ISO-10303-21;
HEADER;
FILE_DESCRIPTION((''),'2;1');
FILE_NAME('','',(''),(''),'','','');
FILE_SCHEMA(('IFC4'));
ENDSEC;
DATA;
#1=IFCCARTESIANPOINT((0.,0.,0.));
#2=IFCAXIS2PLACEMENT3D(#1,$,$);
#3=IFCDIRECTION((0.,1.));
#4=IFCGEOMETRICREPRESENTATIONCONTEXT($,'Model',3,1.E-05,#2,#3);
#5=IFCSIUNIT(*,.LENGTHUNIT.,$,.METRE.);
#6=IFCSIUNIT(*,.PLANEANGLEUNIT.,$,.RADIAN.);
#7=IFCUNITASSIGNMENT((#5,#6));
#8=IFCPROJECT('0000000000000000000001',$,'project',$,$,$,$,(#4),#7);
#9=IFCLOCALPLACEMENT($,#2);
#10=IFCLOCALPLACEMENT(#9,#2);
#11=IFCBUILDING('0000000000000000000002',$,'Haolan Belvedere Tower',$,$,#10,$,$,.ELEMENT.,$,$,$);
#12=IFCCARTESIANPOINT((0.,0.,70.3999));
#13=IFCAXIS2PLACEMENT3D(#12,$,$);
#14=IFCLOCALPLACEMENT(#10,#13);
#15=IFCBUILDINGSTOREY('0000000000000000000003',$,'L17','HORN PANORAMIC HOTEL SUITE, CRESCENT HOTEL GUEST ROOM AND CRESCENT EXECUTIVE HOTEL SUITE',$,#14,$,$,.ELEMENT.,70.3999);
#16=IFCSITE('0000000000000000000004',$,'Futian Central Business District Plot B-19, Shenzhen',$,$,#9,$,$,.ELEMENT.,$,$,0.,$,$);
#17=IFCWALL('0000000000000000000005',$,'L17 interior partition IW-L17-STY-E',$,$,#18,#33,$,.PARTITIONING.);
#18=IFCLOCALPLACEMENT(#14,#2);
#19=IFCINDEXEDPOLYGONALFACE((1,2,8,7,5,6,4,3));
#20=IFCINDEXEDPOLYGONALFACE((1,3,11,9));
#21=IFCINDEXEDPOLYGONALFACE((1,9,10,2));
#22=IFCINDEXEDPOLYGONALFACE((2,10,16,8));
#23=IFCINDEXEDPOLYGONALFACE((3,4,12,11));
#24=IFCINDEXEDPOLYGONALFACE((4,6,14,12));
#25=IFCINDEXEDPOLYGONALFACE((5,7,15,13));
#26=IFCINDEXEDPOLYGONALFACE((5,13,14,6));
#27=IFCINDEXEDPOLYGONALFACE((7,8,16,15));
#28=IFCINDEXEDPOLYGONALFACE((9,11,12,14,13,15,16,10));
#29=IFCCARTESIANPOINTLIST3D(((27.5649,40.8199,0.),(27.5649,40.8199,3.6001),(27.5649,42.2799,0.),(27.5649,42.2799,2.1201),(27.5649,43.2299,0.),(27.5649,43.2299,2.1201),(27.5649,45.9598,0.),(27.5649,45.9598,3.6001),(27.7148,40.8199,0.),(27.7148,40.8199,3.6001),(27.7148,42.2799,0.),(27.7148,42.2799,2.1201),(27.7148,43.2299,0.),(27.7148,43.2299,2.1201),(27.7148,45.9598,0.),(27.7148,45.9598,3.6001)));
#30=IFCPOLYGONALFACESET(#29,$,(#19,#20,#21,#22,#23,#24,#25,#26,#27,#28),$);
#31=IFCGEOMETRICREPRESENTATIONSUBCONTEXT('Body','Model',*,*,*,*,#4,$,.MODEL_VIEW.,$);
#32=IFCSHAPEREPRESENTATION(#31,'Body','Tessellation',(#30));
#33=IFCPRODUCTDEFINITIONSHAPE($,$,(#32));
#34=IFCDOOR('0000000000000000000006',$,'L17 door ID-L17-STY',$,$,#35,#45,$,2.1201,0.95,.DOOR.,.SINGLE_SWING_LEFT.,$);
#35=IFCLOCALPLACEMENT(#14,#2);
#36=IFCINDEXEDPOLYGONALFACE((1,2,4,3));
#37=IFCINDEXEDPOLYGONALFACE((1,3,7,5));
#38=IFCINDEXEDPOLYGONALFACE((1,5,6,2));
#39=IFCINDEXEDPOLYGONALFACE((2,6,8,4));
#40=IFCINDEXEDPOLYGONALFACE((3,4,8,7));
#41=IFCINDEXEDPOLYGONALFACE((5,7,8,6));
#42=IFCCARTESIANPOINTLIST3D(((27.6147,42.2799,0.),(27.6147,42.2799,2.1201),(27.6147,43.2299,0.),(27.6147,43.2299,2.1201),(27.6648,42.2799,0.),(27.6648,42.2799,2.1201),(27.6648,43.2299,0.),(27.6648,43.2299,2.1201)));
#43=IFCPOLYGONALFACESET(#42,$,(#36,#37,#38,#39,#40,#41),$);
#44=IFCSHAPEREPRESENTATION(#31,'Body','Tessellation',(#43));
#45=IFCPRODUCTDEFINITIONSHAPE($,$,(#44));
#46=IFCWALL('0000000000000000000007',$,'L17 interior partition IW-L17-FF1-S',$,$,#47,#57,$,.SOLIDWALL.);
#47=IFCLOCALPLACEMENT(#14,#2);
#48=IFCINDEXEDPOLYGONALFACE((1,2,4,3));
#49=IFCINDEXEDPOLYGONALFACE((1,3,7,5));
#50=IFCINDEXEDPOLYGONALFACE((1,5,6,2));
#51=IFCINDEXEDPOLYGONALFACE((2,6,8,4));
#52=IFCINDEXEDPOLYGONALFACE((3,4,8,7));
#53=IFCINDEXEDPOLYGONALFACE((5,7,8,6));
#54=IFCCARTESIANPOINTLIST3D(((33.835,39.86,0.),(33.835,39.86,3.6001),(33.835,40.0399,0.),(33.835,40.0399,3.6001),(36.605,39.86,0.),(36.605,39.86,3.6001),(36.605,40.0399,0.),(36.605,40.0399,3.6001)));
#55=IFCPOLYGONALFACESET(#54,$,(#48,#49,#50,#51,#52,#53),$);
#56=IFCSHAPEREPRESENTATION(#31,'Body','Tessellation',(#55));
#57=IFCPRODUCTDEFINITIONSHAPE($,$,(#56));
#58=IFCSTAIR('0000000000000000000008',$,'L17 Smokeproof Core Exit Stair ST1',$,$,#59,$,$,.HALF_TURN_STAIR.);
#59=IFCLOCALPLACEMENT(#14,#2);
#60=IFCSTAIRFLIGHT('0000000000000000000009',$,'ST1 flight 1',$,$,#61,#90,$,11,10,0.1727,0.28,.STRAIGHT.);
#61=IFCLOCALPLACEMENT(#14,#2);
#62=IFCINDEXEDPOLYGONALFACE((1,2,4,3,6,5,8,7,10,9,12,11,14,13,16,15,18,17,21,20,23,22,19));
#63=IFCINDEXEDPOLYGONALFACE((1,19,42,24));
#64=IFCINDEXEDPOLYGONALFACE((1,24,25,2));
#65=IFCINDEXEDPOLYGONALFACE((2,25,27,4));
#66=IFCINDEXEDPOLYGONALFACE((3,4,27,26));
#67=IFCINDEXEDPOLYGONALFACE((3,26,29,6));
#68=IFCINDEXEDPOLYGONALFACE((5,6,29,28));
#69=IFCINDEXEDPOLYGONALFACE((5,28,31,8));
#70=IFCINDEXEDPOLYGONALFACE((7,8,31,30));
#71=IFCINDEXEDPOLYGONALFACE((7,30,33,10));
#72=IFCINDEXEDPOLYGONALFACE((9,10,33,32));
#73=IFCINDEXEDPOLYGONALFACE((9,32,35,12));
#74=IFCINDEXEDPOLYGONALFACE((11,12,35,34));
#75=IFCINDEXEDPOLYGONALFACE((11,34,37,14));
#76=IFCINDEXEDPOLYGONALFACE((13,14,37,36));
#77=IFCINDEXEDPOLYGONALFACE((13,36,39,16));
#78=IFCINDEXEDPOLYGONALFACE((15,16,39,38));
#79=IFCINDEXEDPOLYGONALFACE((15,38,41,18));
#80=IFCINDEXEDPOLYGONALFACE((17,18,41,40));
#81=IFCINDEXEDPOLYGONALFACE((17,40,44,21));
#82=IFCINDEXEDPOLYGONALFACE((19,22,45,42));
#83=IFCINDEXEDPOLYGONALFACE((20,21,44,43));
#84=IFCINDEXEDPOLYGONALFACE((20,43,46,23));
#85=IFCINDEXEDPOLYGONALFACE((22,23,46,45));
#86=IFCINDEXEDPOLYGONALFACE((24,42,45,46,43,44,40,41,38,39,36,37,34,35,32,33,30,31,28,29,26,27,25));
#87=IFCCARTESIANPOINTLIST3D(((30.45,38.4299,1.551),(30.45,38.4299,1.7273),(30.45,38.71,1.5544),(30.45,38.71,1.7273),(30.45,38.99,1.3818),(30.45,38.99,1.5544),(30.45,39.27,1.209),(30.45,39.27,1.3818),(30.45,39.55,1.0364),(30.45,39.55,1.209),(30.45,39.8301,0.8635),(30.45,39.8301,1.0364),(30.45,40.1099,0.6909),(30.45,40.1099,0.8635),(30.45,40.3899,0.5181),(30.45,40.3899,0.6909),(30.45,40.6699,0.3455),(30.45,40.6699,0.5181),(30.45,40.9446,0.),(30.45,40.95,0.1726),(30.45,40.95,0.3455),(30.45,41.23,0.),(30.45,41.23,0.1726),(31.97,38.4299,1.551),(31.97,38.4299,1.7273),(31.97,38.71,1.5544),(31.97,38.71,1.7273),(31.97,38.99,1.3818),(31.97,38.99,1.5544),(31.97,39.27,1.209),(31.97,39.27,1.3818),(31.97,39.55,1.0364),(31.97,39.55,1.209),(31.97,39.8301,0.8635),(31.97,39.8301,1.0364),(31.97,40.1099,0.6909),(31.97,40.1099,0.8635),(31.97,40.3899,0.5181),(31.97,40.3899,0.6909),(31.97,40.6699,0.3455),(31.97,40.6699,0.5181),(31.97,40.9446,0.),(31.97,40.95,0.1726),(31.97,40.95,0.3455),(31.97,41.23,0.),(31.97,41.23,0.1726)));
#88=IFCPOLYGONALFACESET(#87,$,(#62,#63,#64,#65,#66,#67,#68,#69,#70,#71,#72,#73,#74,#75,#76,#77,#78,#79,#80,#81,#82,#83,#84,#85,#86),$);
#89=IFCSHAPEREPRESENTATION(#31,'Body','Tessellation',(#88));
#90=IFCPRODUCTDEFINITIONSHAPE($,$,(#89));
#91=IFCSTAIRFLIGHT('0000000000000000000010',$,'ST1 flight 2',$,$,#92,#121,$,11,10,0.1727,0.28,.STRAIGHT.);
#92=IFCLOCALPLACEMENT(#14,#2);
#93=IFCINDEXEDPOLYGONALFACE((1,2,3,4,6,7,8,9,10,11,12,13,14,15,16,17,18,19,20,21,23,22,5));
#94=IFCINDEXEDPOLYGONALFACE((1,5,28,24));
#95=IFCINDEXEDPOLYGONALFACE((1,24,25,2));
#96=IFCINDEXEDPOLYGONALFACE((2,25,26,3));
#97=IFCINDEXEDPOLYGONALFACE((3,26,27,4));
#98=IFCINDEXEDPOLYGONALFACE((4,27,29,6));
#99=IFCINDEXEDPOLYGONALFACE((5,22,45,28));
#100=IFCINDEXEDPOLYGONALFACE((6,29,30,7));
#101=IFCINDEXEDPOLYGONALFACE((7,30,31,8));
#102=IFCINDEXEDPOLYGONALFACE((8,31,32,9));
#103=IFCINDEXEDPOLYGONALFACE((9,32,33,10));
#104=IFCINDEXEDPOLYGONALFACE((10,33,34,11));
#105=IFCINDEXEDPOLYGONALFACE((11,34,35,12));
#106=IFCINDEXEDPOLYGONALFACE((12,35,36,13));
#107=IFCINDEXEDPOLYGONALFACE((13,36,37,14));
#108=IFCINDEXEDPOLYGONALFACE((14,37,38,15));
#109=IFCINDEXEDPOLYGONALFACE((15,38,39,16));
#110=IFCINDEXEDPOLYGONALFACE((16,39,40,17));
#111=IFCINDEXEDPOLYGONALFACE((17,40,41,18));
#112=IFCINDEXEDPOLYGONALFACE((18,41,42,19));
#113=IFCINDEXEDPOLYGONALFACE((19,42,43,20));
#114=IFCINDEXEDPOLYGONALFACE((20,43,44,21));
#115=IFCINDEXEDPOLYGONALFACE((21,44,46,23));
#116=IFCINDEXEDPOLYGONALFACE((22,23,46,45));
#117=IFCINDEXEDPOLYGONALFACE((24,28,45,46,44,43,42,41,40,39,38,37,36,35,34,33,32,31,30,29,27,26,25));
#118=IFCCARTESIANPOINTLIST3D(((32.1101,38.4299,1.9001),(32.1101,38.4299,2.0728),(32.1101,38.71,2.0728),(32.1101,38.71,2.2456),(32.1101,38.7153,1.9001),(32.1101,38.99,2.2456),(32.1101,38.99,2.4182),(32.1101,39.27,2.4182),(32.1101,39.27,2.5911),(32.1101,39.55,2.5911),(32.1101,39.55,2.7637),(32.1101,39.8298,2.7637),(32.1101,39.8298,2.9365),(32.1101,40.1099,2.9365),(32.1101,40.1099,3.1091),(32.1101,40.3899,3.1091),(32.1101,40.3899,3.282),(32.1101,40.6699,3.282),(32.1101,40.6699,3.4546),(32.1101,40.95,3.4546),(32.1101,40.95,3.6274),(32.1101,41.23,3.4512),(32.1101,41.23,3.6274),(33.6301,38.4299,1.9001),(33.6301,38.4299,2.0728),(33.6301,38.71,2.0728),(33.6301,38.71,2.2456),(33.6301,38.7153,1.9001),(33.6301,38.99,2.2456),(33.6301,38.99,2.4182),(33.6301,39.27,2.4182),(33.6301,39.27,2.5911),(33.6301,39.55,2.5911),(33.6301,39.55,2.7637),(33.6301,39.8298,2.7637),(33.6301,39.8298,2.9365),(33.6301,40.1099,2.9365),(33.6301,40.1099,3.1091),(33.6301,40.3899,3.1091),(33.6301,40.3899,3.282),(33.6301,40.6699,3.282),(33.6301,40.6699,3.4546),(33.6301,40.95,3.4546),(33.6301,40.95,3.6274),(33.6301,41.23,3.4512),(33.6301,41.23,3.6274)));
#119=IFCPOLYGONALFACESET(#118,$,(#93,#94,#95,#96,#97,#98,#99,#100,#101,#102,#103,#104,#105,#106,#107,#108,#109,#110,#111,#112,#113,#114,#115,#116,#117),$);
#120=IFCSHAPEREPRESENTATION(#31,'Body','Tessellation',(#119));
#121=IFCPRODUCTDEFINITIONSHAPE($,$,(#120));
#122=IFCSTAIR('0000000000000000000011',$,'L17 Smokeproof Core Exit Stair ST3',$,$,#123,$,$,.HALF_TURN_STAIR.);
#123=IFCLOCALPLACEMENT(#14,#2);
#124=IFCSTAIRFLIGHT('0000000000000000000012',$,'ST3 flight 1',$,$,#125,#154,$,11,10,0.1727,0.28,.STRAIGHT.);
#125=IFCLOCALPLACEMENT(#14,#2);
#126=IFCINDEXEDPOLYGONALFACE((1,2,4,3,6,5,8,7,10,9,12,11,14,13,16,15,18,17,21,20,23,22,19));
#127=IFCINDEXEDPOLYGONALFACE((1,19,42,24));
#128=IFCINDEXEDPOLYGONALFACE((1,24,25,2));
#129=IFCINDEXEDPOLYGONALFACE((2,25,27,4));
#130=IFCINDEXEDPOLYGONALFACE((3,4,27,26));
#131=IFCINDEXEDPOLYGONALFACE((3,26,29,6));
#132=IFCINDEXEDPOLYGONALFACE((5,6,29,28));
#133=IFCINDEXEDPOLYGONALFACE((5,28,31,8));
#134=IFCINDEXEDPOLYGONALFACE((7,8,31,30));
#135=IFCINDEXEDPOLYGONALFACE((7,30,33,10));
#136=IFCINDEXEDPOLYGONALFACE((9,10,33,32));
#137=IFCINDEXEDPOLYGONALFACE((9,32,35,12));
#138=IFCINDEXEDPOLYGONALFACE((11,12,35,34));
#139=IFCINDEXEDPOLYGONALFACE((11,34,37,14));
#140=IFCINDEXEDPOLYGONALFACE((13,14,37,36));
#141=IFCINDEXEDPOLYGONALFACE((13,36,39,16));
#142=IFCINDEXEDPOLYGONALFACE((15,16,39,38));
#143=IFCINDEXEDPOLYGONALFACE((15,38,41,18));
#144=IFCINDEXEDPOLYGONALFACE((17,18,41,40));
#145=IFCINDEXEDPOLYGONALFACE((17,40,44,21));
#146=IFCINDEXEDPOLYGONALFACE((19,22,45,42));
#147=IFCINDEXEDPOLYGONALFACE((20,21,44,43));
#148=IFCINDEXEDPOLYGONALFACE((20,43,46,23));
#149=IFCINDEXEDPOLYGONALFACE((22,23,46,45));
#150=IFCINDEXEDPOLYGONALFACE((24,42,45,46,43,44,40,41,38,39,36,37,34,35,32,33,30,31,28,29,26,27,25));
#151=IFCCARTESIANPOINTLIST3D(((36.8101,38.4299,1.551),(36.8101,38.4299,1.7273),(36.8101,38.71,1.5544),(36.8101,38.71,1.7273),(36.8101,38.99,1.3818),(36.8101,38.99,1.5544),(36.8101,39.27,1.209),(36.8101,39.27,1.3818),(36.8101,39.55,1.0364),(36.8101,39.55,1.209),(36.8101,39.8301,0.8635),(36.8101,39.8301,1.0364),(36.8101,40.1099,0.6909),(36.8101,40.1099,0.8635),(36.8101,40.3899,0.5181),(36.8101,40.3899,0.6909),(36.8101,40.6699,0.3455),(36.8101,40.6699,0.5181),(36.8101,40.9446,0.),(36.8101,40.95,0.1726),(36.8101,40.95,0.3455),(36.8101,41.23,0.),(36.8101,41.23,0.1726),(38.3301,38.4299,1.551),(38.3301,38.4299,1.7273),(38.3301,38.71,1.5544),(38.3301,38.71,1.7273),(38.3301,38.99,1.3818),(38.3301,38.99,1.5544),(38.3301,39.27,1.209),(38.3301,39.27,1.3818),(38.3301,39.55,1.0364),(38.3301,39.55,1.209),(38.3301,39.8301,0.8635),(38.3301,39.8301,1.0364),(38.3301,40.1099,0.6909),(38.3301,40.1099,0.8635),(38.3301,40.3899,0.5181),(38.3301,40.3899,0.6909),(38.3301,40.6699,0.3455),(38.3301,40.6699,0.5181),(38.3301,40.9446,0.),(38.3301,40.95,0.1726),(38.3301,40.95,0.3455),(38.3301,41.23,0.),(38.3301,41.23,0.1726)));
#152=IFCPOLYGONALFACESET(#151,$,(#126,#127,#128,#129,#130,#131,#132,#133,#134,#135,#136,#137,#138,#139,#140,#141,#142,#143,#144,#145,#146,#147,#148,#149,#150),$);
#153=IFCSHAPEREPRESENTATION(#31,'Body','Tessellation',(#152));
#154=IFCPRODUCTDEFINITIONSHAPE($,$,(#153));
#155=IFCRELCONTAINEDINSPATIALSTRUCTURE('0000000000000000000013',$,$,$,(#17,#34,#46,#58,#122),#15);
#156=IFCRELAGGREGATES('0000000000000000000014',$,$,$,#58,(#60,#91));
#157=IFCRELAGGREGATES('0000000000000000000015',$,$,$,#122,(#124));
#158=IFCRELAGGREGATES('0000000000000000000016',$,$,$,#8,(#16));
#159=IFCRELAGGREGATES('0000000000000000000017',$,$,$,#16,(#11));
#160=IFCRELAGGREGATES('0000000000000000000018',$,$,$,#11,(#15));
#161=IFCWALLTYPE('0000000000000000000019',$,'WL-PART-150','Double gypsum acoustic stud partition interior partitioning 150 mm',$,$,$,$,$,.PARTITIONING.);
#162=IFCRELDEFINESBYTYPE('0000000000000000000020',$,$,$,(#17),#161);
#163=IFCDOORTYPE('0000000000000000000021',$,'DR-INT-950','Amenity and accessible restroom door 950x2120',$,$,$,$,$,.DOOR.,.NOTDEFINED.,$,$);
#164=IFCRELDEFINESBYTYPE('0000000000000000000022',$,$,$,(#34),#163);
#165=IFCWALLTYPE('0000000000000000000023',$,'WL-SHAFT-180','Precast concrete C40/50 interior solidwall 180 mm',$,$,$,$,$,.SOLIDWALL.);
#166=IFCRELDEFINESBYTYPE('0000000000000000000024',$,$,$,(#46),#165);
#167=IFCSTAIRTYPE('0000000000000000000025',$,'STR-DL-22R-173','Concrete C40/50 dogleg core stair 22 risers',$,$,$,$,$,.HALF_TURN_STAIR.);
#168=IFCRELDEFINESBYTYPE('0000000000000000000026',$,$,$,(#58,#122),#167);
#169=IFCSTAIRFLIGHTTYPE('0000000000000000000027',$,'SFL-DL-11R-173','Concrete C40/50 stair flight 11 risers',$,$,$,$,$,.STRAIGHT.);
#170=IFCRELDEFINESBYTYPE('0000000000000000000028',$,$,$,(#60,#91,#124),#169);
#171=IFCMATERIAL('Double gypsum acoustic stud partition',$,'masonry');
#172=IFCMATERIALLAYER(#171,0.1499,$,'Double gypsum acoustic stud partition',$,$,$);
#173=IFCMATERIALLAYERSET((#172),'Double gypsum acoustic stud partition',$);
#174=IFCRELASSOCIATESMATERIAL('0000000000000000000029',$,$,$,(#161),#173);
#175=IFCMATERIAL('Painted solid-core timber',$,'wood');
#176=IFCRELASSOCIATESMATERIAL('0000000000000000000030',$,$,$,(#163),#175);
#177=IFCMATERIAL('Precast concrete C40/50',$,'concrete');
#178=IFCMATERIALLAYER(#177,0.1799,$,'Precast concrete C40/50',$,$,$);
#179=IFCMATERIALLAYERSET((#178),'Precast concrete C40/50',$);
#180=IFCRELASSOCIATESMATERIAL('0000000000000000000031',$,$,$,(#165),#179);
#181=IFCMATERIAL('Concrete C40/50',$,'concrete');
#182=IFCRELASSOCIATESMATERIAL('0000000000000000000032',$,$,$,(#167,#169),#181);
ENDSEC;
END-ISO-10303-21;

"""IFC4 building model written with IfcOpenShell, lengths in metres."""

from ifc_helpers import new_model, si_unit, direction, frame, frame_2d, origin, place, context, subcontext, project, spatial, polyline, rectangle, outline, extrude, material, layer, layer_set, type_object, element, fill, aggregate, save


model = new_model("IFC4")

# Units and contexts
model_context = context("Model", 3, precision=1e-05, world=origin(), true_north=direction((0.0, 1.0)))
body_context = subcontext(model_context, "Body", "Model", "MODEL_VIEW")
ifc_project = project(units=[si_unit("LENGTHUNIT", "METRE"), si_unit("PLANEANGLEUNIT", "RADIAN")], contexts=[model_context])

# Site, building, storey
site_placement = place(None, origin())
site = spatial("IfcSite", under=ifc_project, at=site_placement, Name="Futian Central Business District Plot B-19, Shenzhen", CompositionType="ELEMENT", RefElevation=0.0)
building_placement = place(site_placement, origin())
building = spatial("IfcBuilding", under=site, at=building_placement, Name="Haolan Belvedere Tower", CompositionType="ELEMENT")
storey_placement = place(building_placement, frame((0.0, 0.0, 70.3999)))
storey = spatial("IfcBuildingStorey", under=building, at=storey_placement, Name="L17", Description="HORN PANORAMIC HOTEL SUITE, CRESCENT HOTEL GUEST ROOM AND CRESCENT EXECUTIVE HOTEL SUITE", CompositionType="ELEMENT", Elevation=70.3999)

# Wall, opening, door
ifc_material_1 = material(Name="Double gypsum acoustic stud partition", Category="masonry")
ifc_layer_1 = layer(ifc_material_1, 0.1499, Name="Double gypsum acoustic stud partition")
ifc_layer_set_1 = layer_set([ifc_layer_1], Name="Double gypsum acoustic stud partition")
wall_type_1 = type_object("IfcWallType", Name="WL-PART-150", Description="Double gypsum acoustic stud partition interior partitioning 150 mm", PredefinedType="PARTITIONING", material=ifc_layer_set_1)
wall_1_placement = place(storey_placement, frame((27.6399, 40.8201, 0.0), z_axis=(0.0, 0.0, 1.0), x_axis=(0.0, 1.0, 0.0)))
wall_1 = element("IfcWall", 1, at=wall_1_placement, inside=storey, type_object=wall_type_1, Name="L17 interior partition IW-L17-STY-E", PredefinedType="PARTITIONING", context=body_context, shape_type="SweptSolid", body=[
    extrude(rectangle(XDim=5.1399, YDim=0.1499, at=frame_2d((2.5698, 0.0))), origin(), (0.0, 0.0, 1.0), 3.6001),
])
opening_placement = place(wall_1_placement, frame((2.4099, 0.0, 0.0), z_axis=(0.0, 0.0, 1.0), x_axis=(-1.0, 0.0, 0.0)))
opening = element("IfcOpeningElement", 2, at=opening_placement, cuts=wall_1, PredefinedType="OPENING", context=body_context, shape_type="SweptSolid", body=[
    extrude(rectangle(XDim=0.95, YDim=2.1201, at=frame_2d((0.4751, 1.0601))), frame((0.0, 0.085, 0.0), z_axis=(0.0, -1.0, 0.0), x_axis=(1.0, 0.0, 0.0)), (0.0, 0.0, 1.0), 0.1699),
])
ifc_material_2 = material(Name="Painted solid-core timber", Category="wood")
door_type = type_object("IfcDoorType", Name="DR-INT-950", Description="Amenity and accessible restroom door 950x2120", OperationType="NOTDEFINED", PredefinedType="DOOR", material=ifc_material_2)
door_placement = place(opening_placement, origin())
door = element("IfcDoor", 3, at=door_placement, inside=storey, type_object=door_type, Name="L17 door ID-L17-STY", OperationType="SINGLE_SWING_LEFT", OverallHeight=2.1201, OverallWidth=0.95, PredefinedType="DOOR", context=body_context, shape_type="SweptSolid", body=[
    extrude(rectangle(XDim=0.95, YDim=2.1201, at=frame_2d((0.4751, 1.0601))), frame((0.0, 0.0249, 0.0), z_axis=(0.0, -1.0, 0.0), x_axis=(1.0, 0.0, 0.0)), (0.0, 0.0, 1.0), 0.05),
])
fill(opening, door)

# Wall
ifc_material_3 = material(Name="Precast concrete C40/50", Category="concrete")
ifc_layer_2 = layer(ifc_material_3, 0.1799, Name="Precast concrete C40/50")
ifc_layer_set_2 = layer_set([ifc_layer_2], Name="Precast concrete C40/50")
wall_type_2 = type_object("IfcWallType", Name="WL-SHAFT-180", Description="Precast concrete C40/50 interior solidwall 180 mm", PredefinedType="SOLIDWALL", material=ifc_layer_set_2)
wall_2_placement = place(storey_placement, frame((33.835, 39.95, 0.0), z_axis=(0.0, 0.0, 1.0), x_axis=(1.0, 0.0, 0.0)))
element("IfcWall", 4, at=wall_2_placement, inside=storey, type_object=wall_type_2, Name="L17 interior partition IW-L17-FF1-S", PredefinedType="SOLIDWALL", context=body_context, shape_type="SweptSolid", body=[
    extrude(rectangle(XDim=2.77, YDim=0.1799, at=frame_2d((1.385, 0.0))), origin(), (0.0, 0.0, 1.0), 3.6001),
])

# Stair, stair flights
ifc_material_4 = material(Name="Concrete C40/50", Category="concrete")
stair_type = type_object("IfcStairType", Name="STR-DL-22R-173", Description="Concrete C40/50 dogleg core stair 22 risers", PredefinedType="HALF_TURN_STAIR", material=ifc_material_4)
stair_1_placement = place(storey_placement, origin())
stair_1 = element("IfcStair", 5, at=stair_1_placement, inside=storey, type_object=stair_type, Name="L17 Smokeproof Core Exit Stair ST1", PredefinedType="HALF_TURN_STAIR")
stair_flight_type = type_object("IfcStairFlightType", Name="SFL-DL-11R-173", Description="Concrete C40/50 stair flight 11 risers", PredefinedType="STRAIGHT", material=ifc_material_4)
stair_flight_1_placement = place(storey_placement, frame((31.21, 41.23, 0.0), z_axis=(0.0, 0.0, 1.0), x_axis=(0.0, -1.0, 0.0)))
stair_flight_1 = element("IfcStairFlight", 6, at=stair_flight_1_placement, type_object=stair_flight_type, Name="ST1 flight 1", NumberOfRisers=11, NumberOfTreads=10, PredefinedType="STRAIGHT", RiserHeight=0.1727, TreadLength=0.28, context=body_context, shape_type="SweptSolid", body=[
    extrude(outline(polyline([(0.0, 0.0), (0.0, 0.1726), (0.28, 0.1726), (0.28, 0.3455), (0.5601, 0.3455), (0.5601, 0.5181), (0.8401, 0.5181), (0.8401, 0.6909), (1.1201, 0.6909), (1.1201, 0.8635), (1.3999, 0.8635), (1.3999, 1.0364), (1.6799, 1.0364), (1.6799, 1.209), (1.96, 1.209), (1.96, 1.3818), (2.24, 1.3818), (2.24, 1.5544), (2.52, 1.5544), (2.52, 1.7273), (2.8, 1.7273), (2.8, 1.8999), (2.8, 1.551), (0.2854, 0.0), (0.0, 0.0)])), frame((0.0, 0.76, 0.0), z_axis=(0.0, -1.0, 0.0), x_axis=(1.0, 0.0, 0.0)), (0.0, 0.0, 1.0), 1.52),
])
stair_flight_2_placement = place(storey_placement, frame((32.8701, 38.4299, 1.9001), z_axis=(0.0, 0.0, 1.0), x_axis=(0.0, 1.0, 0.0)))
stair_flight_2 = element("IfcStairFlight", 7, at=stair_flight_2_placement, type_object=stair_flight_type, Name="ST1 flight 2", NumberOfRisers=11, NumberOfTreads=10, PredefinedType="STRAIGHT", RiserHeight=0.1727, TreadLength=0.28, context=body_context, shape_type="SweptSolid", body=[
    extrude(outline(polyline([(0.0, 0.0), (0.0, 0.1726), (0.28, 0.1726), (0.28, 0.3455), (0.5601, 0.3455), (0.5601, 0.5181), (0.8401, 0.5181), (0.8401, 0.6909), (1.1201, 0.6909), (1.1201, 0.8635), (1.3999, 0.8635), (1.3999, 1.0364), (1.6799, 1.0364), (1.6799, 1.209), (1.96, 1.209), (1.96, 1.3818), (2.24, 1.3818), (2.24, 1.5544), (2.52, 1.5544), (2.52, 1.7273), (2.8, 1.7273), (2.8, 1.8999), (2.8, 1.551), (0.2854, 0.0), (0.0, 0.0)])), frame((0.0, 0.76, 0.0), z_axis=(0.0, -1.0, 0.0), x_axis=(1.0, 0.0, 0.0)), (0.0, 0.0, 1.0), 1.52),
])
aggregate(stair_1, [stair_flight_1, stair_flight_2])

# Stair, stair flight
stair_2_placement = place(storey_placement, origin())
stair_2 = element("IfcStair", 8, at=stair_2_placement, inside=storey, type_object=stair_type, Name="L17 Smokeproof Core Exit Stair ST3", PredefinedType="HALF_TURN_STAIR")
stair_flight_3_placement = place(storey_placement, frame((37.5701, 41.23, 0.0), z_axis=(0.0, 0.0, 1.0), x_axis=(0.0, -1.0, 0.0)))
stair_flight_3 = element("IfcStairFlight", 9, at=stair_flight_3_placement, type_object=stair_flight_type, Name="ST3 flight 1", NumberOfRisers=11, NumberOfTreads=10, PredefinedType="STRAIGHT", RiserHeight=0.1727, TreadLength=0.28, context=body_context, shape_type="SweptSolid", body=[
    extrude(outline(polyline([(0.0, 0.0), (0.0, 0.1726), (0.28, 0.1726), (0.28, 0.3455), (0.5601, 0.3455), (0.5601, 0.5181), (0.8401, 0.5181), (0.8401, 0.6909), (1.1201, 0.6909), (1.1201, 0.8635), (1.3999, 0.8635), (1.3999, 1.0364), (1.6799, 1.0364), (1.6799, 1.209), (1.96, 1.209), (1.96, 1.3818), (2.24, 1.3818), (2.24, 1.5544), (2.52, 1.5544), (2.52, 1.7273), (2.8, 1.7273), (2.8, 1.8999), (2.8, 1.551), (0.2854, 0.0), (0.0, 0.0)])), frame((0.0, 0.76, 0.0), z_axis=(0.0, -1.0, 0.0), x_axis=(1.0, 0.0, 0.0)), (0.0, 0.0, 1.0), 1.52),
])
aggregate(stair_2, [stair_flight_3])

save(model, "model.ifc")
